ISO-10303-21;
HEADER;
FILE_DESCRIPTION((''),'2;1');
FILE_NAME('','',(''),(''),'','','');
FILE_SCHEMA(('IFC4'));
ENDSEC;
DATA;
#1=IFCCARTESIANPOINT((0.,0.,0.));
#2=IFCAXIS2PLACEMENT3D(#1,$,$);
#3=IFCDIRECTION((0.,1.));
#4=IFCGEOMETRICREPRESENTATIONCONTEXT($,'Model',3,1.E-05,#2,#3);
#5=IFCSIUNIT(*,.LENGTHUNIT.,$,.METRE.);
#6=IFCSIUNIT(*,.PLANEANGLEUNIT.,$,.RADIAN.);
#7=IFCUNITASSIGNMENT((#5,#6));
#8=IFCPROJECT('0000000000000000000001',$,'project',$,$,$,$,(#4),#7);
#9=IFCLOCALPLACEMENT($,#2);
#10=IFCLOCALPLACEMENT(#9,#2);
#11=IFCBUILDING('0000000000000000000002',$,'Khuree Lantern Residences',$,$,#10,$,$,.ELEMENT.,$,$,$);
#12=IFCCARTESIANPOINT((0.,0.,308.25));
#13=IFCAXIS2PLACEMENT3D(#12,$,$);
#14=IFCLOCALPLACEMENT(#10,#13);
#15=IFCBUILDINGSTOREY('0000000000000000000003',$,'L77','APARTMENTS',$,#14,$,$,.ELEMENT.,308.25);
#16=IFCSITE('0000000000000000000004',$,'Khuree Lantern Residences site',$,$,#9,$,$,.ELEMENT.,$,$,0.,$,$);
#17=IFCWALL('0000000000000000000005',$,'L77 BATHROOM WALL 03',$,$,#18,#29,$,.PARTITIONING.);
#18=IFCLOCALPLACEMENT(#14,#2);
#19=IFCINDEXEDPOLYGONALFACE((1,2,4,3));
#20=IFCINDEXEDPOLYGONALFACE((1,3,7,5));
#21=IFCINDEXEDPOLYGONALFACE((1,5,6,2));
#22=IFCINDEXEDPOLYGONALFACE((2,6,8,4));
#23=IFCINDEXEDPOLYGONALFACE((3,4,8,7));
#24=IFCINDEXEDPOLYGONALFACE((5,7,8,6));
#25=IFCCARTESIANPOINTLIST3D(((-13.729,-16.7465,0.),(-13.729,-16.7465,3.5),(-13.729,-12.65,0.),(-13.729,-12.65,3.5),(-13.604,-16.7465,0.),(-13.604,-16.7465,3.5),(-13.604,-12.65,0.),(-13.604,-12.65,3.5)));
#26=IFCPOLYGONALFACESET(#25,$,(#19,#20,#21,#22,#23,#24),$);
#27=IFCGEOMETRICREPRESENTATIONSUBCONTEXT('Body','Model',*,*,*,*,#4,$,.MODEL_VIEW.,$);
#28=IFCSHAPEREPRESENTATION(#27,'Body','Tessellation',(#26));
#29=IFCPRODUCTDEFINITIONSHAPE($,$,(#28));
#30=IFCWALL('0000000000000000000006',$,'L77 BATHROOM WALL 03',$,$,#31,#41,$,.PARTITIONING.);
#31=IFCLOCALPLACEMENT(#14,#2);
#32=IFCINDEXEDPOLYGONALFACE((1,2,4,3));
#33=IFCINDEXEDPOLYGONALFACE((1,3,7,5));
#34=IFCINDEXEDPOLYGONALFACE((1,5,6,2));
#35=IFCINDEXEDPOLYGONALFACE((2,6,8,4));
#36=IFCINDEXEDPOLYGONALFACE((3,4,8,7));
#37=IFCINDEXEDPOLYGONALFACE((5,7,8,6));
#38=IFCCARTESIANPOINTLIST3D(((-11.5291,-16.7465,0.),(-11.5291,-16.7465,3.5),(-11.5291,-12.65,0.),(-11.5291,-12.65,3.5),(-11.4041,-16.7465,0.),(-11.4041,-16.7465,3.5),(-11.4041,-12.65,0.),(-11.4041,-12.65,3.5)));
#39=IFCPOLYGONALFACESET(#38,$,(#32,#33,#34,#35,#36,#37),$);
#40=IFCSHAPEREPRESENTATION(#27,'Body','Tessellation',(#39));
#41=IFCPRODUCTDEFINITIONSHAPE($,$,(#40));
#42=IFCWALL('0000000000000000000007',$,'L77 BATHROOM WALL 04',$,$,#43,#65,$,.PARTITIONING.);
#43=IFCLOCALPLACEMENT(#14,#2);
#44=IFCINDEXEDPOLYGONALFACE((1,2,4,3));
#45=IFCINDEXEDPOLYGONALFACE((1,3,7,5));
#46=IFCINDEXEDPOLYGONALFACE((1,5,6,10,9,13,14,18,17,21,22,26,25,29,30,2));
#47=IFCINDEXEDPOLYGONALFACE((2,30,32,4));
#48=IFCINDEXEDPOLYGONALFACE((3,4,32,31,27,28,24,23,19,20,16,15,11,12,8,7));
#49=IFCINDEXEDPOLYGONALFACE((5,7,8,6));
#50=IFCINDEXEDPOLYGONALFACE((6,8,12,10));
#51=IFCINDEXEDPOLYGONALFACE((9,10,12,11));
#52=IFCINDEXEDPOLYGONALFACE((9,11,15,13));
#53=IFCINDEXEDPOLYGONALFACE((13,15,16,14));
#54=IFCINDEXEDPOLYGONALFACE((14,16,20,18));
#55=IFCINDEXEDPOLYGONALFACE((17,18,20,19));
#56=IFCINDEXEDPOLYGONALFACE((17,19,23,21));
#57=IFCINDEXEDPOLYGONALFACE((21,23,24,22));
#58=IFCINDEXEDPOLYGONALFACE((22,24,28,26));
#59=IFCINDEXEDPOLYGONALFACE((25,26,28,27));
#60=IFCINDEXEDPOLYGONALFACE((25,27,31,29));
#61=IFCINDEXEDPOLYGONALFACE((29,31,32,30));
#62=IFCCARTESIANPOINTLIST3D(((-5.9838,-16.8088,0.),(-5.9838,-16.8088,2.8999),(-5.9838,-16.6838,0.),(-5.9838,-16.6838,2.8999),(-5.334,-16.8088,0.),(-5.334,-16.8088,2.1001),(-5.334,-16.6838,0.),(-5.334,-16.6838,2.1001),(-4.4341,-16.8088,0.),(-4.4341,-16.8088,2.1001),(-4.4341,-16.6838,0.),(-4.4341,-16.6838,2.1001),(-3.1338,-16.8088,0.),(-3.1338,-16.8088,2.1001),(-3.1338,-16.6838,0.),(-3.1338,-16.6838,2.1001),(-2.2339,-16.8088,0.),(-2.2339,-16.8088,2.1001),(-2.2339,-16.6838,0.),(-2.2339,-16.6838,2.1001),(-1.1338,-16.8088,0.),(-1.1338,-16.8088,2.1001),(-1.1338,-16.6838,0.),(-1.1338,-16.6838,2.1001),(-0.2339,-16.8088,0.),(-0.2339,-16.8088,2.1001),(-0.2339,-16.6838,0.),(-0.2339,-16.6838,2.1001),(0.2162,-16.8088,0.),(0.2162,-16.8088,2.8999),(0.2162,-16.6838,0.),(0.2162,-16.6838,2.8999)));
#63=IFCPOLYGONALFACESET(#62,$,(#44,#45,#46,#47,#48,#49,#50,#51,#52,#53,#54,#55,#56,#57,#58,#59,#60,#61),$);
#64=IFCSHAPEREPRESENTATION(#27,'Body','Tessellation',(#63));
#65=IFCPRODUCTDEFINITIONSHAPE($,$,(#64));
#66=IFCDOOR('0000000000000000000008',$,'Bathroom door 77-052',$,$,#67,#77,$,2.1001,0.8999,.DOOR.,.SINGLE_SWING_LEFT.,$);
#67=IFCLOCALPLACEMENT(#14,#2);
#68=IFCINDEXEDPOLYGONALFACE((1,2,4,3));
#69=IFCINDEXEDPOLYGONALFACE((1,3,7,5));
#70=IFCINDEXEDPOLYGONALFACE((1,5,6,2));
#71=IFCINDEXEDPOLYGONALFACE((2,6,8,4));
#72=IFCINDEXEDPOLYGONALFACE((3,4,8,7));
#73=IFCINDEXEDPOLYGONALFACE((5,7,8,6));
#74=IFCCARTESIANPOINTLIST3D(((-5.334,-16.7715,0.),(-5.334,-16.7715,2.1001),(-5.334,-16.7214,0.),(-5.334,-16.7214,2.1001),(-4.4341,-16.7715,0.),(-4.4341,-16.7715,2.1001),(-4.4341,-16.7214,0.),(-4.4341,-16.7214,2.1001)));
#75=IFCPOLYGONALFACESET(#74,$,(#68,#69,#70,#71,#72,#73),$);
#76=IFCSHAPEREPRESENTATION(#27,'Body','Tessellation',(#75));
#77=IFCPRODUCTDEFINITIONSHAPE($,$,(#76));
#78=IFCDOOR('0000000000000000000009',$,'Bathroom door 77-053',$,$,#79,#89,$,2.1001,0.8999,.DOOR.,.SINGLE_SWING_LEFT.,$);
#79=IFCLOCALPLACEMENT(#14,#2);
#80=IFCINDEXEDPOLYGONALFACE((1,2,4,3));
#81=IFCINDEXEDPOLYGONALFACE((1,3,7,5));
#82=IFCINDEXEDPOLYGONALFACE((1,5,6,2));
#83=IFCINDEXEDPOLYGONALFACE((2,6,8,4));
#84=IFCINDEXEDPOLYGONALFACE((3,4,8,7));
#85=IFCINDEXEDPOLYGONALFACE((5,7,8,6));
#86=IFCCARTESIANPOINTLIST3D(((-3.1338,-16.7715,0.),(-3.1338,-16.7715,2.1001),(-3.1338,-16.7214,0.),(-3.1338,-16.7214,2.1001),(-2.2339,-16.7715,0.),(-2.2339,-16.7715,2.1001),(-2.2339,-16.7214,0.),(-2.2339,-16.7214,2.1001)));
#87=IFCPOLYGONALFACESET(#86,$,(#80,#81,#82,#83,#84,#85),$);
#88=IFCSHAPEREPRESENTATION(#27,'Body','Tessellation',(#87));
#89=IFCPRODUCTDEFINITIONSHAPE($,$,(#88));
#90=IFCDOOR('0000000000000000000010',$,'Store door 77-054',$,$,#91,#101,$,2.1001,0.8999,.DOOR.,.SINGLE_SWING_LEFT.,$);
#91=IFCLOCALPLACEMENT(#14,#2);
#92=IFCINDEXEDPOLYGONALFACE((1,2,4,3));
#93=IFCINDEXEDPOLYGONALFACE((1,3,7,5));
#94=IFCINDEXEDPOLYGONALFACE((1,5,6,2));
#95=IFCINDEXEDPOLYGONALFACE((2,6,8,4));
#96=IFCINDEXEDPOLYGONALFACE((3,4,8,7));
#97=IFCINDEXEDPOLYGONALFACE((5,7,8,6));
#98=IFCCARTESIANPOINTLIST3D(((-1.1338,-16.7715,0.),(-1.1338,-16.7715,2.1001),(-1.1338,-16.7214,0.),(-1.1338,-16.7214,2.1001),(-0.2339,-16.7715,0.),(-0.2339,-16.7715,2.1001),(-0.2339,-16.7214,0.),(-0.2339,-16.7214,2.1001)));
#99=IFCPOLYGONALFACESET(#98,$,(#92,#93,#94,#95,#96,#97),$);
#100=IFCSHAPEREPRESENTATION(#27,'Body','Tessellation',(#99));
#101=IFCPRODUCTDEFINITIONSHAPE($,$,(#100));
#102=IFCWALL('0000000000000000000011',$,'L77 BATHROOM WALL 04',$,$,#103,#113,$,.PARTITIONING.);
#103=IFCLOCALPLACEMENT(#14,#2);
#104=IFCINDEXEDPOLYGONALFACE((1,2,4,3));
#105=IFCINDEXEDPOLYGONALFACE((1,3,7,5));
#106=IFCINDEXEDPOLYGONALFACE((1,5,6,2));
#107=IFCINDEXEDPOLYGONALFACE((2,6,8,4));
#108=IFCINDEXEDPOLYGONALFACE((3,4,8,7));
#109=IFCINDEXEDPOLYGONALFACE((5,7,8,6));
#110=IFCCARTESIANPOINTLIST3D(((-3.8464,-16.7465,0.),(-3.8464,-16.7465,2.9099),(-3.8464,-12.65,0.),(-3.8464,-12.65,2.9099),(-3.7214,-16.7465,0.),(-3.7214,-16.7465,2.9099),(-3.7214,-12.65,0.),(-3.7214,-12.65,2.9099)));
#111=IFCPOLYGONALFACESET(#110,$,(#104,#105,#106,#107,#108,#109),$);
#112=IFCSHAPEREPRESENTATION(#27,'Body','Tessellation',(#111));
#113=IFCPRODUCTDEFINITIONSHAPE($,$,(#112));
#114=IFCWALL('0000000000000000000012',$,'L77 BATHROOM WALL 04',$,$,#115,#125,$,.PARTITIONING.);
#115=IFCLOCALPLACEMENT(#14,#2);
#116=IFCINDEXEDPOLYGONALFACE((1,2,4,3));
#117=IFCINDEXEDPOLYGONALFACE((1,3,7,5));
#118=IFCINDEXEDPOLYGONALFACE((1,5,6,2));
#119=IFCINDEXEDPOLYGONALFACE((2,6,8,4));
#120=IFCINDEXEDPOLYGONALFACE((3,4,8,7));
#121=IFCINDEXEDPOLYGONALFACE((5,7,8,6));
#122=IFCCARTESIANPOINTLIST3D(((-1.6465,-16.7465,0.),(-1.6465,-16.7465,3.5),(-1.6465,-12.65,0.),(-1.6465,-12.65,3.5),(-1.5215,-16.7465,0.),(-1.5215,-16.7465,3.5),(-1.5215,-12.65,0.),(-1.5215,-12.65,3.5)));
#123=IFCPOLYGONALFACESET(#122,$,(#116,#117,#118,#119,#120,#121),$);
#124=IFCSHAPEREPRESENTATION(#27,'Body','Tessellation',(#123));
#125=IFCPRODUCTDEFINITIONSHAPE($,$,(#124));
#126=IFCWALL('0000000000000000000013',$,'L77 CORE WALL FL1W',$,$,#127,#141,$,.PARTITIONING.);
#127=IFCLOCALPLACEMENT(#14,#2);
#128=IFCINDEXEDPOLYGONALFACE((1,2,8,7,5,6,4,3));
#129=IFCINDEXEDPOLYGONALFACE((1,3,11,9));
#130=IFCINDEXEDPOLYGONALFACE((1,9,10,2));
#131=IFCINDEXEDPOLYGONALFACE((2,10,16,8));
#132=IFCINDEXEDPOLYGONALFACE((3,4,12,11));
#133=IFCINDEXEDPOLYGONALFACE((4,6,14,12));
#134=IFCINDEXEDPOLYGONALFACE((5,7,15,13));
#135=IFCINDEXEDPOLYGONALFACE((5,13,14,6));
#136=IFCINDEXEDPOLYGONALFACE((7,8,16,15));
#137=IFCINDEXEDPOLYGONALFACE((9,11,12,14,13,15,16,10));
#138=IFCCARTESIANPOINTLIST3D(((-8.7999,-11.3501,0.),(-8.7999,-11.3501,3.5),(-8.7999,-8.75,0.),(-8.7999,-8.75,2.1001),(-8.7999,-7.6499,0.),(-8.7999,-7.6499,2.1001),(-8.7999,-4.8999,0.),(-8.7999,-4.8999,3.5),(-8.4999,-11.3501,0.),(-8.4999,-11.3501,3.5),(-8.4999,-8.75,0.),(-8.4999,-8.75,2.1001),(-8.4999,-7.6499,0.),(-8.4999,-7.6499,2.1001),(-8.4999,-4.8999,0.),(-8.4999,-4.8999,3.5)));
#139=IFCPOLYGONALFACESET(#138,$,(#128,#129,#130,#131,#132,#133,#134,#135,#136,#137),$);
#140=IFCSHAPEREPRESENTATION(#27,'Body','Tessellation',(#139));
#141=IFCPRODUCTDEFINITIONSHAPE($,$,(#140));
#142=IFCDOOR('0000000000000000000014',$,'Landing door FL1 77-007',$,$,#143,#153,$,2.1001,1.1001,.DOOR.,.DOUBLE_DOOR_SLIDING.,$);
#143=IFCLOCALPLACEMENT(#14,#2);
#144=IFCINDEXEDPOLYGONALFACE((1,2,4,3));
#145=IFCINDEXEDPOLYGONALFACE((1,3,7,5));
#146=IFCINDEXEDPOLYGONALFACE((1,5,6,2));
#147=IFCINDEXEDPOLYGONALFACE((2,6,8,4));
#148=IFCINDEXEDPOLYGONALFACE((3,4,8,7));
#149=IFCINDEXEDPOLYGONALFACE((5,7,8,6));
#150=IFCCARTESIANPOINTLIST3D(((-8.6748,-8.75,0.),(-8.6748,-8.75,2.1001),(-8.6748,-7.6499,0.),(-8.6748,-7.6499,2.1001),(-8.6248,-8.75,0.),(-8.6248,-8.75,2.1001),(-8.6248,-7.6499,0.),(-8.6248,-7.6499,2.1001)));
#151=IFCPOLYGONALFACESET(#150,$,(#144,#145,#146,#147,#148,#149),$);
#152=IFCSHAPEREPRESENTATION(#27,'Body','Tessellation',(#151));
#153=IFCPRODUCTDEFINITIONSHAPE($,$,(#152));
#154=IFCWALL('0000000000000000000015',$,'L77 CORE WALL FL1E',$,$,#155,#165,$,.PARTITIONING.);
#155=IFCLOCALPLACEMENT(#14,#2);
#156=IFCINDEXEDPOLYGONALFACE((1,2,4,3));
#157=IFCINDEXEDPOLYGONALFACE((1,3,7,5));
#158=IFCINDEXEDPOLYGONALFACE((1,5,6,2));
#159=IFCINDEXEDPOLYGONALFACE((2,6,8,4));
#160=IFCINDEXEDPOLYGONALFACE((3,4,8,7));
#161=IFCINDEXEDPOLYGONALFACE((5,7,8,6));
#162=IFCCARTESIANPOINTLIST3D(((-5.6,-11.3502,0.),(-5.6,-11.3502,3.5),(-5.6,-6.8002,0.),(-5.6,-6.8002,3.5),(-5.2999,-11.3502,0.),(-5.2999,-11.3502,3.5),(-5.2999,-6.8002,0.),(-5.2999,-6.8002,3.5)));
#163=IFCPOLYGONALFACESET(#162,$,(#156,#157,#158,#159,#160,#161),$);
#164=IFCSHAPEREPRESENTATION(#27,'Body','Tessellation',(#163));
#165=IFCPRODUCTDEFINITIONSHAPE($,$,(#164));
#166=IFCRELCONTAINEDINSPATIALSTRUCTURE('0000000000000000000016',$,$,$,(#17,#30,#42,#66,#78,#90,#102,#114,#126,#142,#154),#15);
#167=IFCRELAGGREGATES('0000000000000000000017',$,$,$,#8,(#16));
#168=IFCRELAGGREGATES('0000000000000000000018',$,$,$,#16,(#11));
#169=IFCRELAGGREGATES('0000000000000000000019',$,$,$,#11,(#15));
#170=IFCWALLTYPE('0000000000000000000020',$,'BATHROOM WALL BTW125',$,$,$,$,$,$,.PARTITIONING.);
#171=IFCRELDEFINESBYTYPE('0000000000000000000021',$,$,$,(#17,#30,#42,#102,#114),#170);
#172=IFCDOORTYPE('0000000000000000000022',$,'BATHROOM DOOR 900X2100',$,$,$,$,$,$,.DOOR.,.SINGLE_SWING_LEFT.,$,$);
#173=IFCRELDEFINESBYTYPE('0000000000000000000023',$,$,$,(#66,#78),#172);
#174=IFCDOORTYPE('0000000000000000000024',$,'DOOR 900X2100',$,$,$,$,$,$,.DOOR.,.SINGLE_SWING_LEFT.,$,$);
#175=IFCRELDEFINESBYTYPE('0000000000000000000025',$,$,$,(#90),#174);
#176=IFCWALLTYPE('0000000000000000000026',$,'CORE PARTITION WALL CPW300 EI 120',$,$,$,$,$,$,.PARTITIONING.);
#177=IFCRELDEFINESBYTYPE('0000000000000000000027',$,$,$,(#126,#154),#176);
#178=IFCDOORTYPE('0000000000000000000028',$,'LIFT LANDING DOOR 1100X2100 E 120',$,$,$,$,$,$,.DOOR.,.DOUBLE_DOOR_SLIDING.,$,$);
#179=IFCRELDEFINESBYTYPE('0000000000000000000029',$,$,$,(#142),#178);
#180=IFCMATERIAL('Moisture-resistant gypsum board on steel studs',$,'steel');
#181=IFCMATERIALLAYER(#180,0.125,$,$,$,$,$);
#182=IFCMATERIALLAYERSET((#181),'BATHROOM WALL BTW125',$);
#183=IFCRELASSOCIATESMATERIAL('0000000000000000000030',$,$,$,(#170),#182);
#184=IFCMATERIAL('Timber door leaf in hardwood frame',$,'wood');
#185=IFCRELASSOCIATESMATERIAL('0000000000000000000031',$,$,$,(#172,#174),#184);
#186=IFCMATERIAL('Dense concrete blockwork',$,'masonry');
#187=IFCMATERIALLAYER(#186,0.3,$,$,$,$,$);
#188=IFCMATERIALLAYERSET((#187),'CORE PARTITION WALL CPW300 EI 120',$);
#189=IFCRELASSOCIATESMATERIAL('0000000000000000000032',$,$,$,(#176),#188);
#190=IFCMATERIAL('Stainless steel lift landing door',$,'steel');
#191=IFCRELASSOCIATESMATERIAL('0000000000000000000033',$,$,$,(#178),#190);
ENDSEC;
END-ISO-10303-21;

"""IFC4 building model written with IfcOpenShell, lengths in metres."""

from ifc_helpers import new_model, si_unit, direction, frame, frame_2d, origin, place, context, subcontext, project, spatial, rectangle, extrude, material, layer, layer_set, type_object, element, fill, save


model = new_model("IFC4")

# Units and contexts
model_context = context("Model", 3, precision=1e-05, world=origin(), true_north=direction((0.0, 1.0)))
body_context = subcontext(model_context, "Body", "Model", "MODEL_VIEW")
ifc_project = project(units=[si_unit("LENGTHUNIT", "METRE"), si_unit("PLANEANGLEUNIT", "RADIAN")], contexts=[model_context])

# Site, building, storey
site_placement = place(None, origin())
site = spatial("IfcSite", under=ifc_project, at=site_placement, Name="Khuree Lantern Residences site", CompositionType="ELEMENT", RefElevation=0.0)
building_placement = place(site_placement, origin())
building = spatial("IfcBuilding", under=site, at=building_placement, Name="Khuree Lantern Residences", CompositionType="ELEMENT")
storey_placement = place(building_placement, frame((0.0, 0.0, 308.25)))
storey = spatial("IfcBuildingStorey", under=building, at=storey_placement, Name="L77", Description="APARTMENTS", CompositionType="ELEMENT", Elevation=308.25)

# Walls
ifc_material_1 = material(Name="Moisture-resistant gypsum board on steel studs", Category="steel")
ifc_layer_1 = layer(ifc_material_1, 0.125)
ifc_layer_set_1 = layer_set([ifc_layer_1], Name="BATHROOM WALL BTW125")
wall_type_1 = type_object("IfcWallType", Name="BATHROOM WALL BTW125", PredefinedType="PARTITIONING", material=ifc_layer_set_1)
for number, where, z_axis, x_axis, name in (
    (1, (-13.6665, -12.6499, 0.0), (0.0, 0.0, 1.0), (0.0, -1.0, 0.0), "L77 BATHROOM WALL 03"),
    (2, (-11.4666, -12.6499, 0.0), (0.0, 0.0, 1.0), (0.0, -1.0, 0.0), "L77 BATHROOM WALL 03"),
):
    element("IfcWall", number, at=place(storey_placement, frame(where, z_axis=z_axis, x_axis=x_axis)), inside=storey, type_object=wall_type_1, Name=name, PredefinedType="PARTITIONING", context=body_context, shape_type="SweptSolid", body=[
        extrude(rectangle(XDim=4.0964, YDim=0.125, at=frame_2d((2.0483, 0.0))), origin(), (0.0, 0.0, 1.0), 3.5),
    ])

# Wall, openings, doors
wall_1_placement = place(storey_placement, frame((-5.9839, -16.7463, 0.0), z_axis=(0.0, 0.0, 1.0), x_axis=(1.0, 0.0, 0.0)))
wall_1 = element("IfcWall", 3, at=wall_1_placement, inside=storey, type_object=wall_type_1, Name="L77 BATHROOM WALL 04", PredefinedType="PARTITIONING", context=body_context, shape_type="SweptSolid", body=[
    extrude(rectangle(XDim=6.2, YDim=0.125, at=frame_2d((3.1001, 0.0))), origin(), (0.0, 0.0, 1.0), 2.8999),
])
opening_1_placement = place(wall_1_placement, frame((0.6499, 0.0, 0.0)))
opening_1 = element("IfcOpeningElement", 4, at=opening_1_placement, cuts=wall_1, PredefinedType="OPENING", context=body_context, shape_type="SweptSolid", body=[
    extrude(rectangle(XDim=0.8999, YDim=2.1001, at=frame_2d((0.45, 1.05))), frame((0.0, 0.0725, 0.0), z_axis=(0.0, -1.0, 0.0), x_axis=(1.0, 0.0, 0.0)), (0.0, 0.0, 1.0), 0.145),
])
opening_2_placement = place(wall_1_placement, frame((2.8501, 0.0, 0.0)))
opening_2 = element("IfcOpeningElement", 5, at=opening_2_placement, cuts=wall_1, PredefinedType="OPENING", context=body_context, shape_type="SweptSolid", body=[
    extrude(rectangle(XDim=0.8999, YDim=2.1001, at=frame_2d((0.45, 1.05))), frame((0.0, 0.0725, 0.0), z_axis=(0.0, -1.0, 0.0), x_axis=(1.0, 0.0, 0.0)), (0.0, 0.0, 1.0), 0.145),
])
opening_3_placement = place(wall_1_placement, frame((4.8501, 0.0, 0.0)))
opening_3 = element("IfcOpeningElement", 6, at=opening_3_placement, cuts=wall_1, PredefinedType="OPENING", context=body_context, shape_type="SweptSolid", body=[
    extrude(rectangle(XDim=0.8999, YDim=2.1001, at=frame_2d((0.45, 1.05))), frame((0.0, 0.0725, 0.0), z_axis=(0.0, -1.0, 0.0), x_axis=(1.0, 0.0, 0.0)), (0.0, 0.0, 1.0), 0.145),
])
ifc_material_2 = material(Name="Timber door leaf in hardwood frame", Category="wood")
door_type_1 = type_object("IfcDoorType", Name="BATHROOM DOOR 900X2100", OperationType="SINGLE_SWING_LEFT", PredefinedType="DOOR", material=ifc_material_2)
door_1_placement = place(opening_1_placement, origin())
door_1 = element("IfcDoor", 7, at=door_1_placement, inside=storey, type_object=door_type_1, Name="Bathroom door 77-052", OperationType="SINGLE_SWING_LEFT", OverallHeight=2.1001, OverallWidth=0.8999, PredefinedType="DOOR", context=body_context, shape_type="SweptSolid", body=[
    extrude(rectangle(XDim=0.8999, YDim=2.1001, at=frame_2d((0.45, 1.05))), frame((0.0, 0.0249, 0.0), z_axis=(0.0, -1.0, 0.0), x_axis=(1.0, 0.0, 0.0)), (0.0, 0.0, 1.0), 0.05),
])
fill(opening_1, door_1)
door_2_placement = place(opening_2_placement, origin())
door_2 = element("IfcDoor", 8, at=door_2_placement, inside=storey, type_object=door_type_1, Name="Bathroom door 77-053", OperationType="SINGLE_SWING_LEFT", OverallHeight=2.1001, OverallWidth=0.8999, PredefinedType="DOOR", context=body_context, shape_type="SweptSolid", body=[
    extrude(rectangle(XDim=0.8999, YDim=2.1001, at=frame_2d((0.45, 1.05))), frame((0.0, 0.0249, 0.0), z_axis=(0.0, -1.0, 0.0), x_axis=(1.0, 0.0, 0.0)), (0.0, 0.0, 1.0), 0.05),
])
fill(opening_2, door_2)
door_type_2 = type_object("IfcDoorType", Name="DOOR 900X2100", OperationType="SINGLE_SWING_LEFT", PredefinedType="DOOR", material=ifc_material_2)
door_3_placement = place(opening_3_placement, origin())
door_3 = element("IfcDoor", 9, at=door_3_placement, inside=storey, type_object=door_type_2, Name="Store door 77-054", OperationType="SINGLE_SWING_LEFT", OverallHeight=2.1001, OverallWidth=0.8999, PredefinedType="DOOR", context=body_context, shape_type="SweptSolid", body=[
    extrude(rectangle(XDim=0.8999, YDim=2.1001, at=frame_2d((0.45, 1.05))), frame((0.0, 0.0249, 0.0), z_axis=(0.0, -1.0, 0.0), x_axis=(1.0, 0.0, 0.0)), (0.0, 0.0, 1.0), 0.05),
])
fill(opening_3, door_3)

# Walls
wall_2_placement = place(storey_placement, frame((-3.7839, -12.6499, 0.0), z_axis=(0.0, 0.0, 1.0), x_axis=(0.0, -1.0, 0.0)))
element("IfcWall", 10, at=wall_2_placement, inside=storey, type_object=wall_type_1, Name="L77 BATHROOM WALL 04", PredefinedType="PARTITIONING", context=body_context, shape_type="SweptSolid", body=[
    extrude(rectangle(XDim=4.0964, YDim=0.125, at=frame_2d((2.0483, 0.0))), origin(), (0.0, 0.0, 1.0), 2.9099),
])
wall_3_placement = place(storey_placement, frame((-1.584, -12.6499, 0.0), z_axis=(0.0, 0.0, 1.0), x_axis=(0.0, -1.0, 0.0)))
element("IfcWall", 11, at=wall_3_placement, inside=storey, type_object=wall_type_1, Name="L77 BATHROOM WALL 04", PredefinedType="PARTITIONING", context=body_context, shape_type="SweptSolid", body=[
    extrude(rectangle(XDim=4.0964, YDim=0.125, at=frame_2d((2.0483, 0.0))), origin(), (0.0, 0.0, 1.0), 3.5),
])

# Wall, opening, door
ifc_material_3 = material(Name="Dense concrete blockwork", Category="masonry")
ifc_layer_2 = layer(ifc_material_3, 0.3)
ifc_layer_set_2 = layer_set([ifc_layer_2], Name="CORE PARTITION WALL CPW300 EI 120")
wall_type_2 = type_object("IfcWallType", Name="CORE PARTITION WALL CPW300 EI 120", PredefinedType="PARTITIONING", material=ifc_layer_set_2)
wall_4_placement = place(storey_placement, frame((-8.6499, -11.3501, 0.0), z_axis=(0.0, 0.0, 1.0), x_axis=(0.0, 1.0, 0.0)))
wall_4 = element("IfcWall", 12, at=wall_4_placement, inside=storey, type_object=wall_type_2, Name="L77 CORE WALL FL1W", PredefinedType="PARTITIONING", context=body_context, shape_type="SweptSolid", body=[
    extrude(rectangle(XDim=6.4502, YDim=0.3, at=frame_2d((3.2251, 0.0))), origin(), (0.0, 0.0, 1.0), 3.5),
])
opening_4_placement = place(wall_4_placement, frame((2.6001, 0.0, 0.0)))
opening_4 = element("IfcOpeningElement", 13, at=opening_4_placement, cuts=wall_4, PredefinedType="OPENING", context=body_context, shape_type="SweptSolid", body=[
    extrude(rectangle(XDim=1.1001, YDim=2.1001, at=frame_2d((0.55, 1.05))), frame((0.0, 0.1602, 0.0), z_axis=(0.0, -1.0, 0.0), x_axis=(1.0, 0.0, 0.0)), (0.0, 0.0, 1.0), 0.3201),
])
ifc_material_4 = material(Name="Stainless steel lift landing door", Category="steel")
door_type_3 = type_object("IfcDoorType", Name="LIFT LANDING DOOR 1100X2100 E 120", OperationType="DOUBLE_DOOR_SLIDING", PredefinedType="DOOR", material=ifc_material_4)
door_4_placement = place(opening_4_placement, origin())
door_4 = element("IfcDoor", 14, at=door_4_placement, inside=storey, type_object=door_type_3, Name="Landing door FL1 77-007", OperationType="DOUBLE_DOOR_SLIDING", OverallHeight=2.1001, OverallWidth=1.1001, PredefinedType="DOOR", context=body_context, shape_type="SweptSolid", body=[
    extrude(rectangle(XDim=1.1001, YDim=2.1001, at=frame_2d((0.55, 1.05))), frame((0.0, 0.0249, 0.0), z_axis=(0.0, -1.0, 0.0), x_axis=(1.0, 0.0, 0.0)), (0.0, 0.0, 1.0), 0.05),
])
fill(opening_4, door_4)

# Wall
wall_5_placement = place(storey_placement, frame((-5.45, -11.3501, 0.0), z_axis=(0.0, 0.0, 1.0), x_axis=(0.0, 1.0, 0.0)))
element("IfcWall", 15, at=wall_5_placement, inside=storey, type_object=wall_type_2, Name="L77 CORE WALL FL1E", PredefinedType="PARTITIONING", context=body_context, shape_type="SweptSolid", body=[
    extrude(rectangle(XDim=4.55, YDim=0.3, at=frame_2d((2.2749, 0.0))), origin(), (0.0, 0.0, 1.0), 3.5),
])

save(model, "model.ifc")
